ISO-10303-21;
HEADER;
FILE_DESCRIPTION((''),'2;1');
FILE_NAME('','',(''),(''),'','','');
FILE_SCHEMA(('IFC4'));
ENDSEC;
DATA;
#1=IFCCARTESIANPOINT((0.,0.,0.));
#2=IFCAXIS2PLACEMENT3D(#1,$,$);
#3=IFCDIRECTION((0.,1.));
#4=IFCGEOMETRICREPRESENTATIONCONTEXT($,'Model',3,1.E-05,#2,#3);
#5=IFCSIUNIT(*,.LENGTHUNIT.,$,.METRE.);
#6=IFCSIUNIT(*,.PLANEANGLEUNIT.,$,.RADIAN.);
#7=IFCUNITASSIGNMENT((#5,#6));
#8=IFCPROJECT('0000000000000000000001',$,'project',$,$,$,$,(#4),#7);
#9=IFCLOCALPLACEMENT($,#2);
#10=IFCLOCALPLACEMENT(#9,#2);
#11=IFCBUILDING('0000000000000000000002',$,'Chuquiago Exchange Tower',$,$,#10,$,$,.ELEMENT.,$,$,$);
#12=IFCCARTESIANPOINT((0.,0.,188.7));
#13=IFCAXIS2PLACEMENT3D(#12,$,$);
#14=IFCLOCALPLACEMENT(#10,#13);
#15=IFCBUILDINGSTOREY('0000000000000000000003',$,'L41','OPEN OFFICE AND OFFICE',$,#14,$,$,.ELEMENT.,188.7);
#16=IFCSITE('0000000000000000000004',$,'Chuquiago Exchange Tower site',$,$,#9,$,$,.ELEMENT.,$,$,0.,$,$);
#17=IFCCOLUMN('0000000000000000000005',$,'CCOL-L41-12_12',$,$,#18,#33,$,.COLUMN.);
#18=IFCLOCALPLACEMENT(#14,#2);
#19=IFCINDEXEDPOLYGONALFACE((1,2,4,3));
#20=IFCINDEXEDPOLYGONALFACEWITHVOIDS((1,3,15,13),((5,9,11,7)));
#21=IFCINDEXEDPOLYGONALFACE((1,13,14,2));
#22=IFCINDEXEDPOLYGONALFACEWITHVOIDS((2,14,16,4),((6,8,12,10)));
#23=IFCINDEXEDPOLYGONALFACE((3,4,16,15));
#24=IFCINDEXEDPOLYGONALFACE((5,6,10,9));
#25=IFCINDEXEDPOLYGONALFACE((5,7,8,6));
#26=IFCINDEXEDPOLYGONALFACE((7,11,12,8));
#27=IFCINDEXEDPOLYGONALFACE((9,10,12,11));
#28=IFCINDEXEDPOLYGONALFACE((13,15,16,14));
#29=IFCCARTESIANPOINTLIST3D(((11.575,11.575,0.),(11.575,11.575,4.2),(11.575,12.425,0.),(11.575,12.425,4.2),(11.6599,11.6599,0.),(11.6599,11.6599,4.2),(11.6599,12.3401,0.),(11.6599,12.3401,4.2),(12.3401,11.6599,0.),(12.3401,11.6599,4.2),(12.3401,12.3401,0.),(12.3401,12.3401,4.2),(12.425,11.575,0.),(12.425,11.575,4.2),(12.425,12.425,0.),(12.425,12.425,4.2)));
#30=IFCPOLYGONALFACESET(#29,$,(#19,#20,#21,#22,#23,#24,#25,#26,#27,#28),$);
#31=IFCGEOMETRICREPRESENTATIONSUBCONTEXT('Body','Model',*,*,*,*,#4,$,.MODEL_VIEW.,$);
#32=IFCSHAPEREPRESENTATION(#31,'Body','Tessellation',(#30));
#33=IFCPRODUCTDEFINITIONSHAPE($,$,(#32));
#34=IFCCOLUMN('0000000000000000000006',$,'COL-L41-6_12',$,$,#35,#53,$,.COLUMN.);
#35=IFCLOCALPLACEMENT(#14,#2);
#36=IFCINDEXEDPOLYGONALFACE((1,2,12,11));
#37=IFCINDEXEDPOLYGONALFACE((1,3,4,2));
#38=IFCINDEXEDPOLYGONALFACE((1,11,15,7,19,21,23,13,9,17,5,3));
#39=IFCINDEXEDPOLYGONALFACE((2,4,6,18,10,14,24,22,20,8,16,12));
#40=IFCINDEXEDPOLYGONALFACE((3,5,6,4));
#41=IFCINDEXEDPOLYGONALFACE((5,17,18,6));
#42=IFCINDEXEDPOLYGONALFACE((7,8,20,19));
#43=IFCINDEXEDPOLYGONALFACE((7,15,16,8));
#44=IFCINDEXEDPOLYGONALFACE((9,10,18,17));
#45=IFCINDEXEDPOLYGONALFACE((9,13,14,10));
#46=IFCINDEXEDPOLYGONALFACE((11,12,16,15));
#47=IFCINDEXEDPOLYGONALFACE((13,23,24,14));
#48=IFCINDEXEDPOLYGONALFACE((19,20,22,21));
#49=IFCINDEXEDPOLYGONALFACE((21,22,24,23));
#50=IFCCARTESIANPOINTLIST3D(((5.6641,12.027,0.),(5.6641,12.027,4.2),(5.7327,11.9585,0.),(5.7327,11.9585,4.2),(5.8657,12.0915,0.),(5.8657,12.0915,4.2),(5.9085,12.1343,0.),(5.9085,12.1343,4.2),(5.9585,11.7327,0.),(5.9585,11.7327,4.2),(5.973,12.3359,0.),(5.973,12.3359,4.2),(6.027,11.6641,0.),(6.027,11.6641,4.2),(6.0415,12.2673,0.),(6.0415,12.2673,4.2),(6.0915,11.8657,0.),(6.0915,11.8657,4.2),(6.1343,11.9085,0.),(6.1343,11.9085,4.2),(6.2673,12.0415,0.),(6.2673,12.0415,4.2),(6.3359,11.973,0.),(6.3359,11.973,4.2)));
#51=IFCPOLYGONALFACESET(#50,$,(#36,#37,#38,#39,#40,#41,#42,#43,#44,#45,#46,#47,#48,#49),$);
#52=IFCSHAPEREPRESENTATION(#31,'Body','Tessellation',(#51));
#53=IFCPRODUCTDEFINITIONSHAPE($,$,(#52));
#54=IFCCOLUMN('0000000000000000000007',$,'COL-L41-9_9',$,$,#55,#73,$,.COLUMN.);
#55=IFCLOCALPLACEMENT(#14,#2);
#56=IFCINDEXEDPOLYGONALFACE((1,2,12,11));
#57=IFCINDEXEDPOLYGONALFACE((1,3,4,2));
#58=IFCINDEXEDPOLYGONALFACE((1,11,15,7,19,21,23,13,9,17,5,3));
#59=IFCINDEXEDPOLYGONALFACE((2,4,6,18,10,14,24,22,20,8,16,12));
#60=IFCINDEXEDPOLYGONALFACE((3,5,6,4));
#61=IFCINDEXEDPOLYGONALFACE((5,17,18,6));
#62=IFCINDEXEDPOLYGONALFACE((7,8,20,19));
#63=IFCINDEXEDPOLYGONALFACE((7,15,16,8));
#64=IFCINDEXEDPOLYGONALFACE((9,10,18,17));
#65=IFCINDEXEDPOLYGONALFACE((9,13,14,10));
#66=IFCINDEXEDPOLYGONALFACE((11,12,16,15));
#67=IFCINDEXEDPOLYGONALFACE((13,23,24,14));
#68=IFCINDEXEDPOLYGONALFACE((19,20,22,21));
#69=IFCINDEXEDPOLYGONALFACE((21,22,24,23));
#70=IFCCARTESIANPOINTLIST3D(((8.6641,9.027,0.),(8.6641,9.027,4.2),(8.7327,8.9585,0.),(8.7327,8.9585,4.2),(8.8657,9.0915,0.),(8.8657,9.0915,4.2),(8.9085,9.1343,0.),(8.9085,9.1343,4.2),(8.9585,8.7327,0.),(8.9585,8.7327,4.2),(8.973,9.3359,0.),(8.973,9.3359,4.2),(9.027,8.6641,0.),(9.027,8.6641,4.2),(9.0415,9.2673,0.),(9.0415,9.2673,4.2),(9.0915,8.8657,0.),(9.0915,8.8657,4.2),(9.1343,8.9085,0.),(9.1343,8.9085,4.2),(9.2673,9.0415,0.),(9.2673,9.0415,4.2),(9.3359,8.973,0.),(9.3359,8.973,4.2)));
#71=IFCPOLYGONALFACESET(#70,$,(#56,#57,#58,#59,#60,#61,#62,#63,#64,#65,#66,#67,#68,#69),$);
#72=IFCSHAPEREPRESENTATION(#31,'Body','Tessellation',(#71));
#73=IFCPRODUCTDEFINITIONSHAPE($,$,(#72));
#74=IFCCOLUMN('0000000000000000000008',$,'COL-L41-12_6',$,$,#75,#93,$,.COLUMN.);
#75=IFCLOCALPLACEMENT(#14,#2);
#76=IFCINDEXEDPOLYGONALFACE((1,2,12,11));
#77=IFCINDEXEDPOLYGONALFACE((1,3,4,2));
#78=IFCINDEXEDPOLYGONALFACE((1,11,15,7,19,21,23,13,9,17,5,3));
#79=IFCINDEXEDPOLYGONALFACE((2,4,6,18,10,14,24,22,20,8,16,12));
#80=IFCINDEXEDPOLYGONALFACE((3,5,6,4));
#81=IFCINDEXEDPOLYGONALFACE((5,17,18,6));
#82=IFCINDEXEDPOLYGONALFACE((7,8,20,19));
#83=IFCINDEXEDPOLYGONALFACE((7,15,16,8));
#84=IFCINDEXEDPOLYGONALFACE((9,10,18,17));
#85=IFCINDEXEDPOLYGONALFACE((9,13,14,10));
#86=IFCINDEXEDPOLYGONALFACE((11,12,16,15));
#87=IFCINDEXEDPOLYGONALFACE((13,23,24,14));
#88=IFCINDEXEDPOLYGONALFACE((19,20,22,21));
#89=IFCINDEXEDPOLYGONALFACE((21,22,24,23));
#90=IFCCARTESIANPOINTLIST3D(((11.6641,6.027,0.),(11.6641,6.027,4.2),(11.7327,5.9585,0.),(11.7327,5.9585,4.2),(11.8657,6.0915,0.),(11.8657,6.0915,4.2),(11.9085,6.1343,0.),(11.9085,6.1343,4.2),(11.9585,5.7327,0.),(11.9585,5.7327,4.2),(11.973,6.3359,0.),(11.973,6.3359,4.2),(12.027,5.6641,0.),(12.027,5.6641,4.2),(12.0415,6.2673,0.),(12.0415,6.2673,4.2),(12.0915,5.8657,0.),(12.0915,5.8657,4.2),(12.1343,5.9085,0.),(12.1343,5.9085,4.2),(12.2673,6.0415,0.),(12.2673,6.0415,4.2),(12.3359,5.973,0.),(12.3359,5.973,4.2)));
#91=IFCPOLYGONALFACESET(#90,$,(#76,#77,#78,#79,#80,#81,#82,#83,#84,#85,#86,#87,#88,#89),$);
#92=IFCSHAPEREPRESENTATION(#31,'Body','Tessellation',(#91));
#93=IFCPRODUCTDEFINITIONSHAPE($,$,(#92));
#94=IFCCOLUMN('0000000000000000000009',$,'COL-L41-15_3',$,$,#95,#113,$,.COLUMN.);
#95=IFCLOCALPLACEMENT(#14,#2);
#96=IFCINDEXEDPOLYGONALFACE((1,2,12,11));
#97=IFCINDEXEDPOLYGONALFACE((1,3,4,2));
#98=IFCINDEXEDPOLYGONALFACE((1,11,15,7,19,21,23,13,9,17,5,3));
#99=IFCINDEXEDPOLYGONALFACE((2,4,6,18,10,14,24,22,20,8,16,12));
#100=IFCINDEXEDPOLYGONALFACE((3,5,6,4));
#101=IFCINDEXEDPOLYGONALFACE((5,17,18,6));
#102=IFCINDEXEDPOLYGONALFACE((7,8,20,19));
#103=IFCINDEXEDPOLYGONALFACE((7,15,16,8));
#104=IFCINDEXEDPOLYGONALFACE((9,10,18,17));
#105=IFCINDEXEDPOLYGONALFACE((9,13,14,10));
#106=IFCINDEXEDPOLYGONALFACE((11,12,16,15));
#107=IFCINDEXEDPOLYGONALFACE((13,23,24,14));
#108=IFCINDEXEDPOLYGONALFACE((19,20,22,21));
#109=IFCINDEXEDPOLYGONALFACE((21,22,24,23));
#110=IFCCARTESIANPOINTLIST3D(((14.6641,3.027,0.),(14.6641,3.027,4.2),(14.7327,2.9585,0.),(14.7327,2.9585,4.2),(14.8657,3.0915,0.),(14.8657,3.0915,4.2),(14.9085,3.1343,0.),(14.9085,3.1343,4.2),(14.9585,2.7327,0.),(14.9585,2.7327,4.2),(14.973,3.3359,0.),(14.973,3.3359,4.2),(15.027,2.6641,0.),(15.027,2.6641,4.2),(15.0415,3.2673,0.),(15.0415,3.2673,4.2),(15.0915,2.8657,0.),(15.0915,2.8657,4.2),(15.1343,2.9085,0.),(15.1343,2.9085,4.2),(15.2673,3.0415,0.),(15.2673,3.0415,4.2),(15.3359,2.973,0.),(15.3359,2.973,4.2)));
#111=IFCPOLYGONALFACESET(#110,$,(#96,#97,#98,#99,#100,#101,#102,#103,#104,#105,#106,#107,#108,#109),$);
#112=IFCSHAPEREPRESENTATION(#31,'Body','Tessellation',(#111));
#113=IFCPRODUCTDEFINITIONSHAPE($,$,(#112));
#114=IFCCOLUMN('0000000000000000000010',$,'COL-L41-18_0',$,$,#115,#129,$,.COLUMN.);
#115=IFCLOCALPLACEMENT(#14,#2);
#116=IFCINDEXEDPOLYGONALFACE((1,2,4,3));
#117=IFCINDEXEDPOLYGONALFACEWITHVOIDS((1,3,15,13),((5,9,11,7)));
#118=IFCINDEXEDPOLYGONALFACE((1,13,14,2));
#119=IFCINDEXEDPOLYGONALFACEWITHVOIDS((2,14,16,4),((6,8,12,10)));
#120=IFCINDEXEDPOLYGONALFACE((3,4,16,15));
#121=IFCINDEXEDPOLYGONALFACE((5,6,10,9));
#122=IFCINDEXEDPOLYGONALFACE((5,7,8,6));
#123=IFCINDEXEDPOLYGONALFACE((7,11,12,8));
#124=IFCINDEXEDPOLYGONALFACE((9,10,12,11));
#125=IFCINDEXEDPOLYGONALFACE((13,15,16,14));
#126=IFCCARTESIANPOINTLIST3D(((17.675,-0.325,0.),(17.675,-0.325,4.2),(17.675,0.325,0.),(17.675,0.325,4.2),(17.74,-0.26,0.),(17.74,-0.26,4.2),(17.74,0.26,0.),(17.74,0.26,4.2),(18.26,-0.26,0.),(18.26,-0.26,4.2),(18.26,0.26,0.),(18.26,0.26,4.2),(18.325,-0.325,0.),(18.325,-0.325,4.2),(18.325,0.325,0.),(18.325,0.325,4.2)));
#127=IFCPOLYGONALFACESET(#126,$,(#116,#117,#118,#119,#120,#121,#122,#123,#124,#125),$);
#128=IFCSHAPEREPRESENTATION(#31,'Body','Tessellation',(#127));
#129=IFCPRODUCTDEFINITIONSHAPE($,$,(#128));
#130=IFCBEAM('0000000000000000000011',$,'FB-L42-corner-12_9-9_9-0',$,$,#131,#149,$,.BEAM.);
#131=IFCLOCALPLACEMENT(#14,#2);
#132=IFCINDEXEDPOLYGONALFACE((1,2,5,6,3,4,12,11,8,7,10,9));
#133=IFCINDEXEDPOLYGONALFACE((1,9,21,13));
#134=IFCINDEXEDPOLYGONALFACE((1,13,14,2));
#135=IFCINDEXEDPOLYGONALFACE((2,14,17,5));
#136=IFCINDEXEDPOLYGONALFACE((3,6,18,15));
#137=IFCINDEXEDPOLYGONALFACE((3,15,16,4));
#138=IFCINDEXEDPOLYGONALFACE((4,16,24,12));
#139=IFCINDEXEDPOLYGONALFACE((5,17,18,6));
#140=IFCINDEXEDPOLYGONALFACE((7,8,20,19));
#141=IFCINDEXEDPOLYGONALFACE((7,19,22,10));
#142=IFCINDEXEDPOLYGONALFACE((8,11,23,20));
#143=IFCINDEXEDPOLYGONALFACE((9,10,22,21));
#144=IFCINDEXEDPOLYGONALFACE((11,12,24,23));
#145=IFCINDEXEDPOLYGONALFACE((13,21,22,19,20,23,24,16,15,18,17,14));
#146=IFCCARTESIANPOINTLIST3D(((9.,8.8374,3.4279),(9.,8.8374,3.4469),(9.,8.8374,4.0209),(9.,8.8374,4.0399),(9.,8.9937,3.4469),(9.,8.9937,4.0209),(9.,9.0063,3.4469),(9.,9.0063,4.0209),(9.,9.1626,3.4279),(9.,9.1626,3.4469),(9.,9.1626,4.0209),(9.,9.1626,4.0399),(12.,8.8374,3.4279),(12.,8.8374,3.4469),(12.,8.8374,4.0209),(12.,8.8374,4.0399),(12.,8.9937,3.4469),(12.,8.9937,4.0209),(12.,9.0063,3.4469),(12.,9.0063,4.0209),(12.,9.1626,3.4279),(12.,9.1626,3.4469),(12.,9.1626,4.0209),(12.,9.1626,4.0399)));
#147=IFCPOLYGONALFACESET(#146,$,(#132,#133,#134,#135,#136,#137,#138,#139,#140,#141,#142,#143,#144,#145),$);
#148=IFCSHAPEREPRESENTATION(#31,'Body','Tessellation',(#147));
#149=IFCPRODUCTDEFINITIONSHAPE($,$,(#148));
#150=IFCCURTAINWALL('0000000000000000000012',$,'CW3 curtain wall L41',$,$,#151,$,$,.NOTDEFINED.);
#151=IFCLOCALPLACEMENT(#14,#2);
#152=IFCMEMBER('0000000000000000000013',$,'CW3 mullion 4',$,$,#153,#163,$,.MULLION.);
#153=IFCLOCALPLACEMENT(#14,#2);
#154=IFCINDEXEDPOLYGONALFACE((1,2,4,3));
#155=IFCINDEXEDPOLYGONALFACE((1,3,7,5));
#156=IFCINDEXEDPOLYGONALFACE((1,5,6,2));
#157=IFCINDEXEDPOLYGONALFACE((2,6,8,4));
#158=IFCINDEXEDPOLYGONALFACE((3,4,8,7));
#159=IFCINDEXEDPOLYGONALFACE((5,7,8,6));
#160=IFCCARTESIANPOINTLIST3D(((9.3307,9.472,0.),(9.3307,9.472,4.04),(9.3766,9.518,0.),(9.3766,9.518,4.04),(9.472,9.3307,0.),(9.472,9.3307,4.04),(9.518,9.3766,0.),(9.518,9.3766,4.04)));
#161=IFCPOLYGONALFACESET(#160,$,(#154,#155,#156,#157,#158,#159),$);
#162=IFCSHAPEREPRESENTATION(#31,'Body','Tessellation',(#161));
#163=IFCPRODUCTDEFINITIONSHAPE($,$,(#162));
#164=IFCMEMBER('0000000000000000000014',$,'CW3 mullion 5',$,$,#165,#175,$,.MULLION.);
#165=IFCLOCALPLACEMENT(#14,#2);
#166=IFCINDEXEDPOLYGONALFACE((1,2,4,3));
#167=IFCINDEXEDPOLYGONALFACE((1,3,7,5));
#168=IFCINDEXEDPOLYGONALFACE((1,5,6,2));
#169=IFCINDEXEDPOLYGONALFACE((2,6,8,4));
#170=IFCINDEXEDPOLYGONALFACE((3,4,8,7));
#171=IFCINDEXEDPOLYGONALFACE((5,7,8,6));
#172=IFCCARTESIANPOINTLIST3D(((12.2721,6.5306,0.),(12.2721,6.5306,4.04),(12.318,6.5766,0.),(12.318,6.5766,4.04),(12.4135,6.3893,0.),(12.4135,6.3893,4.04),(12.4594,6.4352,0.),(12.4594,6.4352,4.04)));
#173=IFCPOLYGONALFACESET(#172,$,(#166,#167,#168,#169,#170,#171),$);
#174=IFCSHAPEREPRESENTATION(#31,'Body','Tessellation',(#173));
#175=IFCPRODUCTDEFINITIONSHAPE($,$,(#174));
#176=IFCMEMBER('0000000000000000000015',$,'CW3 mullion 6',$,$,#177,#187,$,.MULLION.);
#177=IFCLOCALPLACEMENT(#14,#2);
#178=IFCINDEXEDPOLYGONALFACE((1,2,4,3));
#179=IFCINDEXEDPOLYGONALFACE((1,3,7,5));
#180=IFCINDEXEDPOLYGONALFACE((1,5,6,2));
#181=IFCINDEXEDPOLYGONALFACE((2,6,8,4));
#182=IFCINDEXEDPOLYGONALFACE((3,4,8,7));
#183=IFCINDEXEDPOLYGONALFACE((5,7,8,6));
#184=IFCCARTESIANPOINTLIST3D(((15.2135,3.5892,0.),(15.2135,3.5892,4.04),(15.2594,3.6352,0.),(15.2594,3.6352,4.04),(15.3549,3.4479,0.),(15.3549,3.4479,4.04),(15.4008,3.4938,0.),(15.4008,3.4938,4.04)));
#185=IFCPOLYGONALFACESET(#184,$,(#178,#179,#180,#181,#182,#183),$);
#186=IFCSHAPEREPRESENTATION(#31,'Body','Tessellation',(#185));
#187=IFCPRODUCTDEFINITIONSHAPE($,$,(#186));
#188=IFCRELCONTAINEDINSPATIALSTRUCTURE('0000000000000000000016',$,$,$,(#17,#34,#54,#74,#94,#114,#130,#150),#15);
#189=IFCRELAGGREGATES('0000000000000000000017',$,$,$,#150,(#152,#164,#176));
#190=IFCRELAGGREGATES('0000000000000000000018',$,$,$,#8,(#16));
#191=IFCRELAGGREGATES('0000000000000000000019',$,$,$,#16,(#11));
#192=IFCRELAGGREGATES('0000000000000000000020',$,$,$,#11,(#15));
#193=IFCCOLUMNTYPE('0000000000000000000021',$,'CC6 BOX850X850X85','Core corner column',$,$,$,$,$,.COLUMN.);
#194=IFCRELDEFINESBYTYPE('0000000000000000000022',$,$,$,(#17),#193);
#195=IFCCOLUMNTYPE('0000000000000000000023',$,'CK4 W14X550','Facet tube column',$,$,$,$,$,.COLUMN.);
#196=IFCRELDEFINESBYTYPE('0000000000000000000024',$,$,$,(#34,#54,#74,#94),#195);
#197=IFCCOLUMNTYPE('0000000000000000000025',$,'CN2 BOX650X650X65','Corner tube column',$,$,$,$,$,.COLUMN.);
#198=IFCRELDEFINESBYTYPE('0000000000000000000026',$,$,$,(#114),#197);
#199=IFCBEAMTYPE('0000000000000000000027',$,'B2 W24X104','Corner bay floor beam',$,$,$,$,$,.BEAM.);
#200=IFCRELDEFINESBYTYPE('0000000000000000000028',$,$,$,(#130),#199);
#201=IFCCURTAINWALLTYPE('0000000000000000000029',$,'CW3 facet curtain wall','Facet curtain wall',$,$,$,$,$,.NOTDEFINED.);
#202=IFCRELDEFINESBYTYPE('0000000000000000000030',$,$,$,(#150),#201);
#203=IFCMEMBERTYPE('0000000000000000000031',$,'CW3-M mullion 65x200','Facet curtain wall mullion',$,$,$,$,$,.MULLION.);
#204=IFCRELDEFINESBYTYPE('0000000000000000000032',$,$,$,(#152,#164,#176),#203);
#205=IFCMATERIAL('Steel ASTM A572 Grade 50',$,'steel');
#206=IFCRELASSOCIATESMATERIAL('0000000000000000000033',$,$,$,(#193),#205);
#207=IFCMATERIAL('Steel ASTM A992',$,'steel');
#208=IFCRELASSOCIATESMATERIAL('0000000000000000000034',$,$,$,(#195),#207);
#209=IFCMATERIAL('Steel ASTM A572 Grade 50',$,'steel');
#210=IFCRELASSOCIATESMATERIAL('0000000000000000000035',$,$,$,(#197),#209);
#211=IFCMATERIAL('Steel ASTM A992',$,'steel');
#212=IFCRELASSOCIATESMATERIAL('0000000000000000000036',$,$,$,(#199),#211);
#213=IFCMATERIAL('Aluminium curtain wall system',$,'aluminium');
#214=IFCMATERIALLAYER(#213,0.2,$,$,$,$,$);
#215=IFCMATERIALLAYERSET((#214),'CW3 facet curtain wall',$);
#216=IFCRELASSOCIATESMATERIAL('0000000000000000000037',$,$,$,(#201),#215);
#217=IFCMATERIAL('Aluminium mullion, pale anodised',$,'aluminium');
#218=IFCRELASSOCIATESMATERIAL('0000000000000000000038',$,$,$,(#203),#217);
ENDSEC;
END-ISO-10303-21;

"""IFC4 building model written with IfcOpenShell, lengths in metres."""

from ifc_helpers import new_model, si_unit, direction, frame, origin, origin_2d, place, context, subcontext, project, spatial, rectangle, hollow_rectangle, i_section, extrude, material, layer, layer_set, material_profile, profile_set, type_object, element, aggregate, save


model = new_model("IFC4")

# Units and contexts
model_context = context("Model", 3, precision=1e-05, world=origin(), true_north=direction((0.0, 1.0)))
body_context = subcontext(model_context, "Body", "Model", "MODEL_VIEW")
ifc_project = project(units=[si_unit("LENGTHUNIT", "METRE"), si_unit("PLANEANGLEUNIT", "RADIAN")], contexts=[model_context])

# Site, building, storey
site_placement = place(None, origin())
site = spatial("IfcSite", under=ifc_project, at=site_placement, Name="Chuquiago Exchange Tower site", CompositionType="ELEMENT", RefElevation=0.0)
building_placement = place(site_placement, origin())
building = spatial("IfcBuilding", under=site, at=building_placement, Name="Chuquiago Exchange Tower", CompositionType="ELEMENT")
storey_placement = place(building_placement, frame((0.0, 0.0, 188.7)))
storey = spatial("IfcBuildingStorey", under=building, at=storey_placement, Name="L41", Description="OPEN OFFICE AND OFFICE", CompositionType="ELEMENT", Elevation=188.7)

# Columns
ifc_material_1 = material(Name="Steel ASTM A572 Grade 50", Category="steel")
ifc_material_profile_1 = material_profile(ifc_material_1, hollow_rectangle(XDim=0.8501, YDim=0.8501, WallThickness=0.085, at=origin_2d()), Name="BOX850X850X85")
ifc_profile_set_1 = profile_set([ifc_material_profile_1], Name="Steel ASTM A572 Grade 50")
column_type_1 = type_object("IfcColumnType", Name="CC6 BOX850X850X85", Description="Core corner column", PredefinedType="COLUMN", material=ifc_profile_set_1)
column_1_placement = place(storey_placement, frame((12.0, 12.0, 0.0), z_axis=(0.0, 0.0, 1.0), x_axis=(1.0, 0.0, 0.0)))
element("IfcColumn", 1, at=column_1_placement, inside=storey, type_object=column_type_1, Name="CCOL-L41-12_12", PredefinedType="COLUMN", context=body_context, shape_type="SweptSolid", body=[
    extrude(hollow_rectangle(XDim=0.8501, YDim=0.8501, WallThickness=0.085, at=origin_2d()), origin(), (0.0, 0.0, 1.0), 4.2),
])
ifc_material_2 = material(Name="Steel ASTM A992", Category="steel")
ifc_material_profile_2 = material_profile(ifc_material_2, i_section(OverallWidth=0.4368, OverallDepth=0.5132, WebThickness=0.0605, FlangeThickness=0.0969, at=origin_2d()), Name="W14X550")
ifc_profile_set_2 = profile_set([ifc_material_profile_2], Name="Steel ASTM A992")
column_type_2 = type_object("IfcColumnType", Name="CK4 W14X550", Description="Facet tube column", PredefinedType="COLUMN", material=ifc_profile_set_2)
for number, where, z_axis, x_axis, name in (
    (2, (6.0, 12.0, 0.0), (0.0, 0.0, 1.0), (-0.707107, -0.707107, 0.0), "COL-L41-6_12"),
    (3, (9.0, 9.0, 0.0), (0.0, 0.0, 1.0), (-0.707107, -0.707107, 0.0), "COL-L41-9_9"),
    (4, (12.0, 6.0, 0.0), (0.0, 0.0, 1.0), (-0.707107, -0.707107, 0.0), "COL-L41-12_6"),
    (5, (15.0, 3.0, 0.0), (0.0, 0.0, 1.0), (-0.707107, -0.707107, 0.0), "COL-L41-15_3"),
):
    element("IfcColumn", number, at=place(storey_placement, frame(where, z_axis=z_axis, x_axis=x_axis)), inside=storey, type_object=column_type_2, Name=name, PredefinedType="COLUMN", context=body_context, shape_type="SweptSolid", body=[
        extrude(i_section(OverallWidth=0.4368, OverallDepth=0.5132, WebThickness=0.0605, FlangeThickness=0.0969, at=origin_2d()), origin(), (0.0, 0.0, 1.0), 4.2),
    ])
ifc_material_3 = material(Name="Steel ASTM A572 Grade 50", Category="steel")
ifc_material_profile_3 = material_profile(ifc_material_3, hollow_rectangle(XDim=0.6499, YDim=0.6499, WallThickness=0.0649, at=origin_2d()), Name="BOX650X650X65")
ifc_profile_set_3 = profile_set([ifc_material_profile_3], Name="Steel ASTM A572 Grade 50")
column_type_3 = type_object("IfcColumnType", Name="CN2 BOX650X650X65", Description="Corner tube column", PredefinedType="COLUMN", material=ifc_profile_set_3)
column_2_placement = place(storey_placement, frame((18.0, 0.0, 0.0), z_axis=(0.0, 0.0, 1.0), x_axis=(0.0, -1.0, 0.0)))
element("IfcColumn", 6, at=column_2_placement, inside=storey, type_object=column_type_3, Name="COL-L41-18_0", PredefinedType="COLUMN", context=body_context, shape_type="SweptSolid", body=[
    extrude(hollow_rectangle(XDim=0.6499, YDim=0.6499, WallThickness=0.0649, at=origin_2d()), origin(), (0.0, 0.0, 1.0), 4.2),
])

# Beam
ifc_material_4 = material(Name="Steel ASTM A992", Category="steel")
ifc_material_profile_4 = material_profile(ifc_material_4, i_section(OverallWidth=0.3252, OverallDepth=0.6121, WebThickness=0.0127, FlangeThickness=0.019, at=origin_2d()), Name="W24X104")
ifc_profile_set_4 = profile_set([ifc_material_profile_4], Name="Steel ASTM A992")
beam_type_1 = type_object("IfcBeamType", Name="B2 W24X104", Description="Corner bay floor beam", PredefinedType="BEAM", material=ifc_profile_set_4)
beam_1_placement = place(storey_placement, frame((12.0, 9.0, 3.7339), z_axis=(-1.0, 0.0, 0.0), x_axis=(0.0, -1.0, 0.0)))
element("IfcBeam", 7, at=beam_1_placement, inside=storey, type_object=beam_type_1, Name="FB-L42-corner-12_9-9_9-0", PredefinedType="BEAM", context=body_context, shape_type="SweptSolid", body=[
    extrude(i_section(OverallWidth=0.3252, OverallDepth=0.6121, WebThickness=0.0127, FlangeThickness=0.019, at=origin_2d()), origin(), (0.0, 0.0, 1.0), 3.0),
])

# Curtain wall, members
ifc_material_5 = material(Name="Aluminium curtain wall system", Category="aluminium")
ifc_layer_1 = layer(ifc_material_5, 0.2)
ifc_layer_set_1 = layer_set([ifc_layer_1], Name="CW3 facet curtain wall")
curtain_wall_type = type_object("IfcCurtainWallType", Name="CW3 facet curtain wall", Description="Facet curtain wall", PredefinedType="NOTDEFINED", material=ifc_layer_set_1)
curtain_wall_placement = place(storey_placement, origin())
curtain_wall = element("IfcCurtainWall", 8, at=curtain_wall_placement, inside=storey, type_object=curtain_wall_type, Name="CW3 curtain wall L41", PredefinedType="NOTDEFINED")
ifc_material_6 = material(Name="Aluminium mullion, pale anodised", Category="aluminium")
ifc_material_profile_5 = material_profile(ifc_material_6, rectangle(XDim=0.0649, YDim=0.2, at=origin_2d()), Name="AL 65x200")
ifc_profile_set_5 = profile_set([ifc_material_profile_5], Name="Aluminium mullion, pale anodised")
member_type_1 = type_object("IfcMemberType", Name="CW3-M mullion 65x200", Description="Facet curtain wall mullion", PredefinedType="MULLION", material=ifc_profile_set_5)
member_1_placement = place(storey_placement, frame((9.4243, 9.4243, 0.0), z_axis=(0.0, 0.0, 1.0), x_axis=(0.707107, 0.707107, 0.0)))
member_1 = element("IfcMember", 9, at=member_1_placement, type_object=member_type_1, Name="CW3 mullion 4", PredefinedType="MULLION", context=body_context, shape_type="SweptSolid", body=[
    extrude(rectangle(XDim=0.0649, YDim=0.2, at=origin_2d()), origin(), (0.0, 0.0, 1.0), 4.04),
])
member_2_placement = place(storey_placement, frame((12.3657, 6.4829, 0.0), z_axis=(0.0, 0.0, 1.0), x_axis=(0.707107, 0.707107, 0.0)))
member_2 = element("IfcMember", 10, at=member_2_placement, type_object=member_type_1, Name="CW3 mullion 5", PredefinedType="MULLION", context=body_context, shape_type="SweptSolid", body=[
    extrude(rectangle(XDim=0.0649, YDim=0.2, at=origin_2d()), origin(), (0.0, 0.0, 1.0), 4.04),
])
member_3_placement = place(storey_placement, frame((15.3071, 3.5415, 0.0), z_axis=(0.0, 0.0, 1.0), x_axis=(0.707107, 0.707107, 0.0)))
member_3 = element("IfcMember", 11, at=member_3_placement, type_object=member_type_1, Name="CW3 mullion 6", PredefinedType="MULLION", context=body_context, shape_type="SweptSolid", body=[
    extrude(rectangle(XDim=0.0649, YDim=0.2, at=origin_2d()), origin(), (0.0, 0.0, 1.0), 4.04),
])

aggregate(curtain_wall, [member_1, member_2, member_3])

save(model, "model.ifc")
